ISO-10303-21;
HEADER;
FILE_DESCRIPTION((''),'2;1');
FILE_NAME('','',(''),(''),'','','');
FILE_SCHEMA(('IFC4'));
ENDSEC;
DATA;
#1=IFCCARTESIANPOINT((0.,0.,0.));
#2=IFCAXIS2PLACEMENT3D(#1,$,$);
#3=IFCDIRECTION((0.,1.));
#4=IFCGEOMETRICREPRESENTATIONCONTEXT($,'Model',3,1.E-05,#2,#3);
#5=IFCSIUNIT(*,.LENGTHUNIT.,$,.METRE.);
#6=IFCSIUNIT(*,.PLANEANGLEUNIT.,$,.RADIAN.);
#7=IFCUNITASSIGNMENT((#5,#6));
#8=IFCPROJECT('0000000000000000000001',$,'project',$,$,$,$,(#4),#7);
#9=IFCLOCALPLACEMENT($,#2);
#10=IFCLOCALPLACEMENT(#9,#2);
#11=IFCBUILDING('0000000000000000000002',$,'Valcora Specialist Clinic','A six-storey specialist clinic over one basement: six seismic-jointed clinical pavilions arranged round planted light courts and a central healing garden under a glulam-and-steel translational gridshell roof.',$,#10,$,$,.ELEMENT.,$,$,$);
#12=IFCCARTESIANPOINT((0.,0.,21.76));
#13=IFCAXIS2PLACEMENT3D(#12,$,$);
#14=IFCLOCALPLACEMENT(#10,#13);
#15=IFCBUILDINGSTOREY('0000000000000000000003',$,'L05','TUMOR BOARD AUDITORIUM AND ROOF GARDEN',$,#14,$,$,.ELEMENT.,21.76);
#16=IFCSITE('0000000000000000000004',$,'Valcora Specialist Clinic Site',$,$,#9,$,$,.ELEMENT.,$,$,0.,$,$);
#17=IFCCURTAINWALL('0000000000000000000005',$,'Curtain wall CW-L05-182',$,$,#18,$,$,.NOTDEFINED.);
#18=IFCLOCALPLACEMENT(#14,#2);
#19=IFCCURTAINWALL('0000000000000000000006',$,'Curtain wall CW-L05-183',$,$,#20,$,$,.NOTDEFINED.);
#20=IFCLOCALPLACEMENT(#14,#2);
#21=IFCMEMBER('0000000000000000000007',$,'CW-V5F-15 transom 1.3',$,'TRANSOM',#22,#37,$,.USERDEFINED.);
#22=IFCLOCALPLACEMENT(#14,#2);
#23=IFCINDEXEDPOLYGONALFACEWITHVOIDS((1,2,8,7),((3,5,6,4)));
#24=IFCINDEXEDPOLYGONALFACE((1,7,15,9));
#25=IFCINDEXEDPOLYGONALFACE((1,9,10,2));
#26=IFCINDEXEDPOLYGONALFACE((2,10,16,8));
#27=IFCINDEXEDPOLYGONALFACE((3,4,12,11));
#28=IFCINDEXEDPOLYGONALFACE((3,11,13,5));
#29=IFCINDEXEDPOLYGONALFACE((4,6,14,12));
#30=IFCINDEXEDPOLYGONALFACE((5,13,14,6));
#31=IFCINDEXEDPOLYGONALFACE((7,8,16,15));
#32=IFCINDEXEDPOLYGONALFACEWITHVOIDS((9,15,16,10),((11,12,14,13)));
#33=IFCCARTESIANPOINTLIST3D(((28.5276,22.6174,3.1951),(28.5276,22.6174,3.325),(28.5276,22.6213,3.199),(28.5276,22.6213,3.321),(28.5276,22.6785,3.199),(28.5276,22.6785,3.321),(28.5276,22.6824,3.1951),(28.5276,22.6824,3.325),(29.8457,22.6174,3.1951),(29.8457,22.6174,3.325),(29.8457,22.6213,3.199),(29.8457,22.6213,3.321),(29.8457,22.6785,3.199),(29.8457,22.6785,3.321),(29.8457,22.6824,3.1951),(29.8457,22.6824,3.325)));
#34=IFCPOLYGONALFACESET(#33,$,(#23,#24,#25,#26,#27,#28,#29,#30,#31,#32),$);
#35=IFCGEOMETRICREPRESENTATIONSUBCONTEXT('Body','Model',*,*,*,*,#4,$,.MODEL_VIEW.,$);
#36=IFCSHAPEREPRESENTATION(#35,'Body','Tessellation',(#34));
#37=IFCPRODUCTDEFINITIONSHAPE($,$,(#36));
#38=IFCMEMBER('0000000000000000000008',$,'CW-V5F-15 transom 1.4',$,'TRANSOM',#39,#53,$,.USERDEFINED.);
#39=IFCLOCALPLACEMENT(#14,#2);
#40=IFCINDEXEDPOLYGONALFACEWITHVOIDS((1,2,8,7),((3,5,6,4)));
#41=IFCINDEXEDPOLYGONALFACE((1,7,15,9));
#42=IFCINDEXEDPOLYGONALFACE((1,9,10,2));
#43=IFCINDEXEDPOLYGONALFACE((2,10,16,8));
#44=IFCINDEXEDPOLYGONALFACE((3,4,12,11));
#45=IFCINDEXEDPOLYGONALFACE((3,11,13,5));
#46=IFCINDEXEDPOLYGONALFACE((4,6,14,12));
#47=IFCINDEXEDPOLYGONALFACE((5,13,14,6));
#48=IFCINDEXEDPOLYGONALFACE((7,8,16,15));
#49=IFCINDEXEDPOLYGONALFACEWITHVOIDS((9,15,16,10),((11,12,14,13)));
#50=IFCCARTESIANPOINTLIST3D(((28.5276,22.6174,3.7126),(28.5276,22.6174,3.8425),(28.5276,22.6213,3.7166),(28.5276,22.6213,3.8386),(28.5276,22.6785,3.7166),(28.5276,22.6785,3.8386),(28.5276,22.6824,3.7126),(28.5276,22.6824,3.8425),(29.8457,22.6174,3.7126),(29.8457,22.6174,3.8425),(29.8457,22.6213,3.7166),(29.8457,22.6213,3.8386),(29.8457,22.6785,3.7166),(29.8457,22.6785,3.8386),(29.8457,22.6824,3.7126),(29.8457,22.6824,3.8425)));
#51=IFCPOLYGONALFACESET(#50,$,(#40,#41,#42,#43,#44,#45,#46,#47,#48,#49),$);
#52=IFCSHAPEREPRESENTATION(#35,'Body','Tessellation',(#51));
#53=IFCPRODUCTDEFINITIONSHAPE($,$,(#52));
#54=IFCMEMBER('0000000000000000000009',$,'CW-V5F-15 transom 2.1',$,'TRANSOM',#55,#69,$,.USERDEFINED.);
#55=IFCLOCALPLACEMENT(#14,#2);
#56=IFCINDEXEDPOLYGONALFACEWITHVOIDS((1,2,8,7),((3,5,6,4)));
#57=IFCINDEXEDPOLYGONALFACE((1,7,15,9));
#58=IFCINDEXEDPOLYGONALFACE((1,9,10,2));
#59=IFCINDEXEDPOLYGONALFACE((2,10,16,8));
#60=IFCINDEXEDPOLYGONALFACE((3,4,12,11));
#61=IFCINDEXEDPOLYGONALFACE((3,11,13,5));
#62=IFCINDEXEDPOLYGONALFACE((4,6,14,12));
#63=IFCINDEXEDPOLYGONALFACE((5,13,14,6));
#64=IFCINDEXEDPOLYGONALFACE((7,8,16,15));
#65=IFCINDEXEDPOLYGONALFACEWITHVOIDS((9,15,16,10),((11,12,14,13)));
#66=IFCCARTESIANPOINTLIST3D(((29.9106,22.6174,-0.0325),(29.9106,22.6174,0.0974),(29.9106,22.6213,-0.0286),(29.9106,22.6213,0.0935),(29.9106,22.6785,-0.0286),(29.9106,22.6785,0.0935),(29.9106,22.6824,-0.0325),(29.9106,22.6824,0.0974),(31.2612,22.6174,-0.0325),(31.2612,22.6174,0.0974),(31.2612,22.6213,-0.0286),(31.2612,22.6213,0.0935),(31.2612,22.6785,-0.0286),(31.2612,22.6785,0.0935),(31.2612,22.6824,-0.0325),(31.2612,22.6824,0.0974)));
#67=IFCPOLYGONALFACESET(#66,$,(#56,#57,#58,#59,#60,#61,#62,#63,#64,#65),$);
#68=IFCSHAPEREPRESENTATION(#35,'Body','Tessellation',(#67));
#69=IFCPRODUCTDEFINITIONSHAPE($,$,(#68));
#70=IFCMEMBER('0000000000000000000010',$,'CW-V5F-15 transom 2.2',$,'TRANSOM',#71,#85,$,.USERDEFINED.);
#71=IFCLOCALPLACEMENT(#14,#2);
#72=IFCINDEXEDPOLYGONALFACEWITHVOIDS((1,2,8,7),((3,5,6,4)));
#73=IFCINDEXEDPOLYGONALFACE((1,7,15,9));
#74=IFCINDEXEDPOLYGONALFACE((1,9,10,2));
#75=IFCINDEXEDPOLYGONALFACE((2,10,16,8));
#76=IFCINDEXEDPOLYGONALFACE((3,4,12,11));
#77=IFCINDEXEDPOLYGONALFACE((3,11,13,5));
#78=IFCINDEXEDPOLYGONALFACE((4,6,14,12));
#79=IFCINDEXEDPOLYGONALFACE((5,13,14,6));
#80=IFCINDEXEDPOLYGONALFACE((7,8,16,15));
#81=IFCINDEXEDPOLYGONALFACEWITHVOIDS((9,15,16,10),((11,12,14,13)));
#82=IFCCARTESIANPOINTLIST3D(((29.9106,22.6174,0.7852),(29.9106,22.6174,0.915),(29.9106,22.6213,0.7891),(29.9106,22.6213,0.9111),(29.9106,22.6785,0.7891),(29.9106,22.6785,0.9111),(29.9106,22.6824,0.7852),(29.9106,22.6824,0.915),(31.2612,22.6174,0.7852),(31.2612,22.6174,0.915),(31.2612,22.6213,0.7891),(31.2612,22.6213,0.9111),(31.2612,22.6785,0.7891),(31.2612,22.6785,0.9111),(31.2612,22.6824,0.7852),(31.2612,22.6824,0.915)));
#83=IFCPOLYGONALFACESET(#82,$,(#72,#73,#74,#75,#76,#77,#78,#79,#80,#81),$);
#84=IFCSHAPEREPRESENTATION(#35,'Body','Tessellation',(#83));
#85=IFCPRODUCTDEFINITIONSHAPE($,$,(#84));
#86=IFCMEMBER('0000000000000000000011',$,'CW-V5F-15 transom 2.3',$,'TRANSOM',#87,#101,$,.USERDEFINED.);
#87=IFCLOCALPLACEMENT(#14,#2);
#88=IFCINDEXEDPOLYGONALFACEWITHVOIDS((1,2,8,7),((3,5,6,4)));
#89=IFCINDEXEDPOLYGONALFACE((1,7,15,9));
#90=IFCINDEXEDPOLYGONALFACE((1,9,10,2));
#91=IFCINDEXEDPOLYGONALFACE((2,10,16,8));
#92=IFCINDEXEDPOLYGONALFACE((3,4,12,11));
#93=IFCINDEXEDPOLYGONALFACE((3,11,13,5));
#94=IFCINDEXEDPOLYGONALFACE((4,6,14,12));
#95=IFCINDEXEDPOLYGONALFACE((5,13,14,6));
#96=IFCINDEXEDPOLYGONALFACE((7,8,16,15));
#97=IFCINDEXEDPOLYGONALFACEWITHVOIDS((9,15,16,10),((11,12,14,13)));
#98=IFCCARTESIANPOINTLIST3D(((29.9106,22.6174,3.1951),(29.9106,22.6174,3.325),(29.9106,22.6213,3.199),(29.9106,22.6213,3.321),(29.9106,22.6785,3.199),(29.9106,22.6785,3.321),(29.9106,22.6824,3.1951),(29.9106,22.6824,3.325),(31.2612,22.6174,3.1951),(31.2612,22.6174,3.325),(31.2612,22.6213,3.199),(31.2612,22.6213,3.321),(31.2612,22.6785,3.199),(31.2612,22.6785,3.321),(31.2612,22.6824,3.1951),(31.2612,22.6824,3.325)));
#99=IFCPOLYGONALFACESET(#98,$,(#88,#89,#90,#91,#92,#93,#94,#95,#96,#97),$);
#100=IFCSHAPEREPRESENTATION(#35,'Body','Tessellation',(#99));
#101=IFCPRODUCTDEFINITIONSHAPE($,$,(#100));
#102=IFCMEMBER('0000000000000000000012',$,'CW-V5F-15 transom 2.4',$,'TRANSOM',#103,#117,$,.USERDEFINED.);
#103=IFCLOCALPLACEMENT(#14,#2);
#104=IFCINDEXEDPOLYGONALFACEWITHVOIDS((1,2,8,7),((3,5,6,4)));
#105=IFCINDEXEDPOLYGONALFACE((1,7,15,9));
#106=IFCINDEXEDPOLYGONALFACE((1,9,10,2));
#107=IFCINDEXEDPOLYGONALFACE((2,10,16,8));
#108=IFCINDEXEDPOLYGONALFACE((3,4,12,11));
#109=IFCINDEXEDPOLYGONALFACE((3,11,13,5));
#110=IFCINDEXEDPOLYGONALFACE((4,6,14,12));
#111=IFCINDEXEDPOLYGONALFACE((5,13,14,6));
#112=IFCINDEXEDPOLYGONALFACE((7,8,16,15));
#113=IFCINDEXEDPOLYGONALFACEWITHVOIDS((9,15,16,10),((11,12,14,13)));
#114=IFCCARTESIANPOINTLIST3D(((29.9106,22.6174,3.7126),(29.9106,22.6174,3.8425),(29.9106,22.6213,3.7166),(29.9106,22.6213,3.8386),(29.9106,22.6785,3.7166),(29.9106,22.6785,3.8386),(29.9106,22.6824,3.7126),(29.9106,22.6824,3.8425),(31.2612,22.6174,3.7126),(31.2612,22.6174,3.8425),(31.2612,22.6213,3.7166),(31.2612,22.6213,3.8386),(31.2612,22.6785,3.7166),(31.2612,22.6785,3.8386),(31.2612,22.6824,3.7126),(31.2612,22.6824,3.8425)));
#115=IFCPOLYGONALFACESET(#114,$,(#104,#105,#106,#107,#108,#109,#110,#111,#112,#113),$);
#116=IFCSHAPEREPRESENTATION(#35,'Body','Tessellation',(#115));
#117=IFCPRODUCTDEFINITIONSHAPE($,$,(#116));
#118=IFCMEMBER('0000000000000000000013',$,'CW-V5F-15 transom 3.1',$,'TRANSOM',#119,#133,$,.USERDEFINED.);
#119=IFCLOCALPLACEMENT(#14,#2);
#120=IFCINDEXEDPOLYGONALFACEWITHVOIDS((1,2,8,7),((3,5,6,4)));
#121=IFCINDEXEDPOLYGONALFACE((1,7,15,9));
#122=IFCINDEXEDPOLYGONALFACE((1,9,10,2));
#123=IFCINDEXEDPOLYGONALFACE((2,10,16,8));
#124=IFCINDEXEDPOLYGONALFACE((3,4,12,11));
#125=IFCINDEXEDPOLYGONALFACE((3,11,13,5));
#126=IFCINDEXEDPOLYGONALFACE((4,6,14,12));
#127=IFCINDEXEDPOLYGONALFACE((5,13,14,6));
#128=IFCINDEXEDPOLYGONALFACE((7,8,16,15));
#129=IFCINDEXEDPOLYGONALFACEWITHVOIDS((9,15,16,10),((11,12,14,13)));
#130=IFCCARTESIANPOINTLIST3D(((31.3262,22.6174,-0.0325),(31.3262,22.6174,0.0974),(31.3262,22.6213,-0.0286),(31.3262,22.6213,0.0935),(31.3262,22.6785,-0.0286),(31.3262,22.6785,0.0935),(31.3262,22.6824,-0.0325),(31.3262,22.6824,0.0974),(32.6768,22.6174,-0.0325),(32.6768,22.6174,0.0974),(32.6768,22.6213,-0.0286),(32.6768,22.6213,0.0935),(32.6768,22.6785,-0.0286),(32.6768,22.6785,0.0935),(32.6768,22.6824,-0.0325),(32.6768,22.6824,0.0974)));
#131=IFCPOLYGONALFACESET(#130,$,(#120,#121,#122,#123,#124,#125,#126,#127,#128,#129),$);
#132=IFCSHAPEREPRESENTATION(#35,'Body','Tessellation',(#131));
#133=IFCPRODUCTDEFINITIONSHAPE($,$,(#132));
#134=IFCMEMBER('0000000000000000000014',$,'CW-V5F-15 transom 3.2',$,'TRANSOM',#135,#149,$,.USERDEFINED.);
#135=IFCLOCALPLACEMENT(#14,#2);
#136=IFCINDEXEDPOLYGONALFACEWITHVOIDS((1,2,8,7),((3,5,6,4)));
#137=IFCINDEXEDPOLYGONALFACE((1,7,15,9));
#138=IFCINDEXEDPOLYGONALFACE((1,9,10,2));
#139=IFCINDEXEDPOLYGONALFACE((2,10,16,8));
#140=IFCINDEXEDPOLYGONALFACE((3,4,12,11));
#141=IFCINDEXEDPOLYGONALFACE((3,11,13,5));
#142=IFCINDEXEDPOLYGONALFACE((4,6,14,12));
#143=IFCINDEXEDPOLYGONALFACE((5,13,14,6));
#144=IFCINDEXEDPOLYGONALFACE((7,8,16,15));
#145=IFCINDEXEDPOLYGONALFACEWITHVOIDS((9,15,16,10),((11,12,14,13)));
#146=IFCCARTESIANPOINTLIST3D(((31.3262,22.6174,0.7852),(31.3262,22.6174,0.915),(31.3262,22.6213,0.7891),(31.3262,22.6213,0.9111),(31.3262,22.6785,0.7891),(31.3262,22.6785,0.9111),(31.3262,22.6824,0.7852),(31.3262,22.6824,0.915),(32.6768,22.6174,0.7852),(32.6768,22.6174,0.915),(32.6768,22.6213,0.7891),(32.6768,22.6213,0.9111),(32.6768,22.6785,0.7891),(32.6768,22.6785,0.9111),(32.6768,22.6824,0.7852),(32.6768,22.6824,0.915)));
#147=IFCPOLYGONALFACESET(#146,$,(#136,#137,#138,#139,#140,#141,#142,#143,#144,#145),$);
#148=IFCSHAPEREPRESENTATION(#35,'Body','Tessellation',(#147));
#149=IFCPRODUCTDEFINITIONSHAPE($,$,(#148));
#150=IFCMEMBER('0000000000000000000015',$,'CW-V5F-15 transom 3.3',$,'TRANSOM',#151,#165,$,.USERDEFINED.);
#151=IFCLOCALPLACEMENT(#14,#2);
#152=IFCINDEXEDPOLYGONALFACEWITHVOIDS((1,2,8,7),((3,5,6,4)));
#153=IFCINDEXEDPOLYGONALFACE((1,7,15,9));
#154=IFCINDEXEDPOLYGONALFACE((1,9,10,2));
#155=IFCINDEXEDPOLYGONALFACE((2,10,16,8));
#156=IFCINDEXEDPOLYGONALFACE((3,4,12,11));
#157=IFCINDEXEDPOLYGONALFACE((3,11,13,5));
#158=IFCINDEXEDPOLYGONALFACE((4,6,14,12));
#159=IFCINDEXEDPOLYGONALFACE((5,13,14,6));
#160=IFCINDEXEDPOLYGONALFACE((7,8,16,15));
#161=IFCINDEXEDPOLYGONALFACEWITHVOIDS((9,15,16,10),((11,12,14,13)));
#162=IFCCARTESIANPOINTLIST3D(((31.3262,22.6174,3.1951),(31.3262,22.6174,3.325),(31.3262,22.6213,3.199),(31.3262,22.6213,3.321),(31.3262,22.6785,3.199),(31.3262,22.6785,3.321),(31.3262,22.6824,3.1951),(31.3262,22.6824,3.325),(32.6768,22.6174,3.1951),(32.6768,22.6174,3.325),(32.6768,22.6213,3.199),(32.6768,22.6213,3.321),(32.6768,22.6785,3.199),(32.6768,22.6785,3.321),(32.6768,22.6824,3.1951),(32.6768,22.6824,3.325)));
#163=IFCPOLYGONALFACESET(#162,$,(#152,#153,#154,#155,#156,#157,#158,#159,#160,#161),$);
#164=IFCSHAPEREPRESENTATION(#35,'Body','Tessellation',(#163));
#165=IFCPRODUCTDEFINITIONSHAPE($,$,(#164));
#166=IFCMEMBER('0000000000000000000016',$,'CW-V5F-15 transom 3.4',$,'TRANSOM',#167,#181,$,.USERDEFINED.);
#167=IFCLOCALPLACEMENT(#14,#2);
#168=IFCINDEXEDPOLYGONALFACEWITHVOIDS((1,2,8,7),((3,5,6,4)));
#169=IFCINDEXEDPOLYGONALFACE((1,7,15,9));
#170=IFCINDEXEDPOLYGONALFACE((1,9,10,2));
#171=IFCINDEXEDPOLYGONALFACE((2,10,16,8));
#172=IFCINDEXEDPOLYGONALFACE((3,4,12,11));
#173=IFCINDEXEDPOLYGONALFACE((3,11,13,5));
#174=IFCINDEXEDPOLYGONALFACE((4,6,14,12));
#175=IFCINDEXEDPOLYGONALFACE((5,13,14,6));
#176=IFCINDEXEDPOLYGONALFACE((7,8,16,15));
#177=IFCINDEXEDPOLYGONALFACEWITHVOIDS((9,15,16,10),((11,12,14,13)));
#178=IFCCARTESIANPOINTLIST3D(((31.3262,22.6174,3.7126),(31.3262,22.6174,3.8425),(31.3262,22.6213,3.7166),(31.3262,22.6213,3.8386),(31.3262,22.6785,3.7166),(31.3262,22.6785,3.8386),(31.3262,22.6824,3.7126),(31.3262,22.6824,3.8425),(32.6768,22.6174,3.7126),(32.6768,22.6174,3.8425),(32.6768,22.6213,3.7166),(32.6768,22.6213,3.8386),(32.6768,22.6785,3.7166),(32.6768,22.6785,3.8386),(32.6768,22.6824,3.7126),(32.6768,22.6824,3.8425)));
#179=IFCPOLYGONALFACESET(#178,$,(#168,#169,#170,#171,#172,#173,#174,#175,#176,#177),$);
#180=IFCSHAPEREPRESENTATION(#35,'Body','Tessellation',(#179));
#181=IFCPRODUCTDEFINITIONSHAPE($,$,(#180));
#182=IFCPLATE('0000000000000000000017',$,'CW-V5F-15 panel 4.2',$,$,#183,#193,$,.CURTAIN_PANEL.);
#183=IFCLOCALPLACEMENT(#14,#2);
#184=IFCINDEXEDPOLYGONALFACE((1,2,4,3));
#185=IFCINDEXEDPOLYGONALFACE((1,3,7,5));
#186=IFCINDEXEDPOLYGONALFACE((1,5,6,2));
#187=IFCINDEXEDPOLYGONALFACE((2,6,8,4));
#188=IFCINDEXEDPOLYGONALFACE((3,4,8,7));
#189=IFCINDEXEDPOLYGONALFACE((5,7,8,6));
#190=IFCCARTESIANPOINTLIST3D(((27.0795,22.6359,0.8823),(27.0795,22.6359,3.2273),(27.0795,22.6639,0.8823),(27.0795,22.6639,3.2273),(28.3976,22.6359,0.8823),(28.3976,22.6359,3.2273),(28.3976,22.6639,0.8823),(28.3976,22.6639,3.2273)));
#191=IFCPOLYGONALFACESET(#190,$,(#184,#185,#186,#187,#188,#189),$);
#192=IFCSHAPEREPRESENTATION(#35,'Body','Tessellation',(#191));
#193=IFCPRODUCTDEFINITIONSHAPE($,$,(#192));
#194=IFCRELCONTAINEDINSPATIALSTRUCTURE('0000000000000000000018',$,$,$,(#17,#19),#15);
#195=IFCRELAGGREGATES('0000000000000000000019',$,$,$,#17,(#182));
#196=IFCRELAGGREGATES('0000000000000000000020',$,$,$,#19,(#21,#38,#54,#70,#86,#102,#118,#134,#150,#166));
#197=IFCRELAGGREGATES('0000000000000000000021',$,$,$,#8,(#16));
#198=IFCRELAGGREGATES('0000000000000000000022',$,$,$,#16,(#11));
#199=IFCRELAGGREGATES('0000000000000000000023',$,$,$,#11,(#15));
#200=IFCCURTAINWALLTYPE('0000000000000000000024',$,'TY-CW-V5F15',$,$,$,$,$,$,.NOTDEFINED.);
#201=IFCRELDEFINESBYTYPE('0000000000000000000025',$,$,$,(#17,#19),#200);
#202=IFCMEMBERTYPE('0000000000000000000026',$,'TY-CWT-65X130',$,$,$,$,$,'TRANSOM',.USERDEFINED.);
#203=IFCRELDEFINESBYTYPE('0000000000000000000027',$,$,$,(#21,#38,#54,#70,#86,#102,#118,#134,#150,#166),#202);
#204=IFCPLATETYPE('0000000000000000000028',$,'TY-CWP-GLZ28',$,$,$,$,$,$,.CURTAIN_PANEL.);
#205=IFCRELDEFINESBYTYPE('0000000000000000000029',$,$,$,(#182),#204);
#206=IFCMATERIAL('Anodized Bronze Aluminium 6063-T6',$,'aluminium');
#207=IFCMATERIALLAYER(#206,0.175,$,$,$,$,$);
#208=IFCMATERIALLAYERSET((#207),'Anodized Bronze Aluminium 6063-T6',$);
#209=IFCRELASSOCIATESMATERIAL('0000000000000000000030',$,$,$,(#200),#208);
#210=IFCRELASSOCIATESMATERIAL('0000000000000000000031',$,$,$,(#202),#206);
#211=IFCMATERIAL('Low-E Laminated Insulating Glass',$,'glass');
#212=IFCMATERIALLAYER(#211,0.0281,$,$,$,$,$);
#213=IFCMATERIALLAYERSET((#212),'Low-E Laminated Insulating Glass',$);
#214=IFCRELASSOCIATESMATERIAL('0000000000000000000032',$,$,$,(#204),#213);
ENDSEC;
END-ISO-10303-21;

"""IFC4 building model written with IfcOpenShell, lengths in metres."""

from ifc_helpers import new_model, si_unit, direction, frame, origin, origin_2d, place, context, subcontext, project, spatial, rectangle, hollow_rectangle, extrude, material, layer, layer_set, material_profile, profile_set, type_object, element, aggregate, save


model = new_model("IFC4")

# Units and contexts
model_context = context("Model", 3, precision=1e-05, world=origin(), true_north=direction((0.0, 1.0)))
body_context = subcontext(model_context, "Body", "Model", "MODEL_VIEW")
ifc_project = project(units=[si_unit("LENGTHUNIT", "METRE"), si_unit("PLANEANGLEUNIT", "RADIAN")], contexts=[model_context])

# Site, building, storey
site_placement = place(None, origin())
site = spatial("IfcSite", under=ifc_project, at=site_placement, Name="Valcora Specialist Clinic Site", CompositionType="ELEMENT", RefElevation=0.0)
building_placement = place(site_placement, origin())
building = spatial("IfcBuilding", under=site, at=building_placement, Name="Valcora Specialist Clinic", Description="A six-storey specialist clinic over one basement: six seismic-jointed clinical pavilions arranged round planted light courts and a central healing garden under a glulam-and-steel translational gridshell roof.", CompositionType="ELEMENT")
storey_placement = place(building_placement, frame((0.0, 0.0, 21.76)))
storey = spatial("IfcBuildingStorey", under=building, at=storey_placement, Name="L05", Description="TUMOR BOARD AUDITORIUM AND ROOF GARDEN", CompositionType="ELEMENT", Elevation=21.76)

# Curtain walls
ifc_material_1 = material(Name="Anodized Bronze Aluminium 6063-T6", Category="aluminium")
ifc_layer_1 = layer(ifc_material_1, 0.175)
ifc_layer_set_1 = layer_set([ifc_layer_1], Name="Anodized Bronze Aluminium 6063-T6")
curtain_wall_type = type_object("IfcCurtainWallType", Name="TY-CW-V5F15", PredefinedType="NOTDEFINED", material=ifc_layer_set_1)
curtain_wall_1_placement = place(storey_placement, origin())
curtain_wall_1 = element("IfcCurtainWall", 1, at=curtain_wall_1_placement, inside=storey, type_object=curtain_wall_type, Name="Curtain wall CW-L05-182", PredefinedType="NOTDEFINED")
curtain_wall_2_placement = place(storey_placement, origin())
curtain_wall_2 = element("IfcCurtainWall", 2, at=curtain_wall_2_placement, inside=storey, type_object=curtain_wall_type, Name="Curtain wall CW-L05-183", PredefinedType="NOTDEFINED")

# Members
ifc_material_profile_1 = material_profile(ifc_material_1, hollow_rectangle(XDim=0.0649, YDim=0.1299, WallThickness=0.0039, at=origin_2d()), Name="AL-TRN-65X130")
ifc_profile_set_1 = profile_set([ifc_material_profile_1], Name="Anodized Bronze Aluminium 6063-T6")
member_type_1 = type_object("IfcMemberType", Name="TY-CWT-65X130", ElementType="TRANSOM", PredefinedType="USERDEFINED", material=ifc_profile_set_1)
member_1_placement = place(storey_placement, frame((28.5276, 22.6499, 3.26), z_axis=(1.0, 0.0, 0.0), x_axis=(0.0, 1.0, 0.0)))
member_1 = element("IfcMember", 3, at=member_1_placement, type_object=member_type_1, Name="CW-V5F-15 transom 1.3", ObjectType="TRANSOM", PredefinedType="USERDEFINED", context=body_context, shape_type="SweptSolid", body=[
    extrude(hollow_rectangle(XDim=0.0649, YDim=0.1299, WallThickness=0.0039, at=origin_2d()), origin(), (0.0, 0.0, 1.0), 1.3181),
])
member_2_placement = place(storey_placement, frame((28.5276, 22.6499, 3.7776), z_axis=(1.0, 0.0, 0.0), x_axis=(0.0, 1.0, 0.0)))
member_2 = element("IfcMember", 4, at=member_2_placement, type_object=member_type_1, Name="CW-V5F-15 transom 1.4", ObjectType="TRANSOM", PredefinedType="USERDEFINED", context=body_context, shape_type="SweptSolid", body=[
    extrude(hollow_rectangle(XDim=0.0649, YDim=0.1299, WallThickness=0.0039, at=origin_2d()), origin(), (0.0, 0.0, 1.0), 1.3181),
])
member_3_placement = place(storey_placement, frame((29.9106, 22.6499, 0.0325), z_axis=(1.0, 0.0, 0.0), x_axis=(0.0, 1.0, 0.0)))
member_3 = element("IfcMember", 5, at=member_3_placement, type_object=member_type_1, Name="CW-V5F-15 transom 2.1", ObjectType="TRANSOM", PredefinedType="USERDEFINED", context=body_context, shape_type="SweptSolid", body=[
    extrude(hollow_rectangle(XDim=0.0649, YDim=0.1299, WallThickness=0.0039, at=origin_2d()), origin(), (0.0, 0.0, 1.0), 1.3506),
])
member_4_placement = place(storey_placement, frame((29.9106, 22.6499, 0.8501), z_axis=(1.0, 0.0, 0.0), x_axis=(0.0, 1.0, 0.0)))
member_4 = element("IfcMember", 6, at=member_4_placement, type_object=member_type_1, Name="CW-V5F-15 transom 2.2", ObjectType="TRANSOM", PredefinedType="USERDEFINED", context=body_context, shape_type="SweptSolid", body=[
    extrude(hollow_rectangle(XDim=0.0649, YDim=0.1299, WallThickness=0.0039, at=origin_2d()), origin(), (0.0, 0.0, 1.0), 1.3506),
])
member_5_placement = place(storey_placement, frame((29.9106, 22.6499, 3.26), z_axis=(1.0, 0.0, 0.0), x_axis=(0.0, 1.0, 0.0)))
member_5 = element("IfcMember", 7, at=member_5_placement, type_object=member_type_1, Name="CW-V5F-15 transom 2.3", ObjectType="TRANSOM", PredefinedType="USERDEFINED", context=body_context, shape_type="SweptSolid", body=[
    extrude(hollow_rectangle(XDim=0.0649, YDim=0.1299, WallThickness=0.0039, at=origin_2d()), origin(), (0.0, 0.0, 1.0), 1.3506),
])
member_6_placement = place(storey_placement, frame((29.9106, 22.6499, 3.7776), z_axis=(1.0, 0.0, 0.0), x_axis=(0.0, 1.0, 0.0)))
member_6 = element("IfcMember", 8, at=member_6_placement, type_object=member_type_1, Name="CW-V5F-15 transom 2.4", ObjectType="TRANSOM", PredefinedType="USERDEFINED", context=body_context, shape_type="SweptSolid", body=[
    extrude(hollow_rectangle(XDim=0.0649, YDim=0.1299, WallThickness=0.0039, at=origin_2d()), origin(), (0.0, 0.0, 1.0), 1.3506),
])
member_7_placement = place(storey_placement, frame((31.3262, 22.6499, 0.0325), z_axis=(1.0, 0.0, 0.0), x_axis=(0.0, 1.0, 0.0)))
member_7 = element("IfcMember", 9, at=member_7_placement, type_object=member_type_1, Name="CW-V5F-15 transom 3.1", ObjectType="TRANSOM", PredefinedType="USERDEFINED", context=body_context, shape_type="SweptSolid", body=[
    extrude(hollow_rectangle(XDim=0.0649, YDim=0.1299, WallThickness=0.0039, at=origin_2d()), origin(), (0.0, 0.0, 1.0), 1.3506),
])
member_8_placement = place(storey_placement, frame((31.3262, 22.6499, 0.8501), z_axis=(1.0, 0.0, 0.0), x_axis=(0.0, 1.0, 0.0)))
member_8 = element("IfcMember", 10, at=member_8_placement, type_object=member_type_1, Name="CW-V5F-15 transom 3.2", ObjectType="TRANSOM", PredefinedType="USERDEFINED", context=body_context, shape_type="SweptSolid", body=[
    extrude(hollow_rectangle(XDim=0.0649, YDim=0.1299, WallThickness=0.0039, at=origin_2d()), origin(), (0.0, 0.0, 1.0), 1.3506),
])
member_9_placement = place(storey_placement, frame((31.3262, 22.6499, 3.26), z_axis=(1.0, 0.0, 0.0), x_axis=(0.0, 1.0, 0.0)))
member_9 = element("IfcMember", 11, at=member_9_placement, type_object=member_type_1, Name="CW-V5F-15 transom 3.3", ObjectType="TRANSOM", PredefinedType="USERDEFINED", context=body_context, shape_type="SweptSolid", body=[
    extrude(hollow_rectangle(XDim=0.0649, YDim=0.1299, WallThickness=0.0039, at=origin_2d()), origin(), (0.0, 0.0, 1.0), 1.3506),
])
member_10_placement = place(storey_placement, frame((31.3262, 22.6499, 3.7776), z_axis=(1.0, 0.0, 0.0), x_axis=(0.0, 1.0, 0.0)))
member_10 = element("IfcMember", 12, at=member_10_placement, type_object=member_type_1, Name="CW-V5F-15 transom 3.4", ObjectType="TRANSOM", PredefinedType="USERDEFINED", context=body_context, shape_type="SweptSolid", body=[
    extrude(hollow_rectangle(XDim=0.0649, YDim=0.1299, WallThickness=0.0039, at=origin_2d()), origin(), (0.0, 0.0, 1.0), 1.3506),
])

# Plate
ifc_material_2 = material(Name="Low-E Laminated Insulating Glass", Category="glass")
ifc_layer_2 = layer(ifc_material_2, 0.0281)
ifc_layer_set_2 = layer_set([ifc_layer_2], Name="Low-E Laminated Insulating Glass")
plate_type_1 = type_object("IfcPlateType", Name="TY-CWP-GLZ28", PredefinedType="CURTAIN_PANEL", material=ifc_layer_set_2)
plate_1_placement = place(storey_placement, frame((27.7385, 22.6499, 0.8823), z_axis=(0.0, 0.0, 1.0), x_axis=(1.0, 0.0, 0.0)))
plate_1 = element("IfcPlate", 13, at=plate_1_placement, type_object=plate_type_1, Name="CW-V5F-15 panel 4.2", PredefinedType="CURTAIN_PANEL", context=body_context, shape_type="SweptSolid", body=[
    extrude(rectangle(XDim=1.3181, YDim=0.0281, at=origin_2d()), origin(), (0.0, 0.0, 1.0), 2.345),
])
aggregate(curtain_wall_1, [plate_1])
aggregate(curtain_wall_2, [member_1, member_2, member_3, member_4, member_5, member_6, member_7, member_8, member_9, member_10])

save(model, "model.ifc")
